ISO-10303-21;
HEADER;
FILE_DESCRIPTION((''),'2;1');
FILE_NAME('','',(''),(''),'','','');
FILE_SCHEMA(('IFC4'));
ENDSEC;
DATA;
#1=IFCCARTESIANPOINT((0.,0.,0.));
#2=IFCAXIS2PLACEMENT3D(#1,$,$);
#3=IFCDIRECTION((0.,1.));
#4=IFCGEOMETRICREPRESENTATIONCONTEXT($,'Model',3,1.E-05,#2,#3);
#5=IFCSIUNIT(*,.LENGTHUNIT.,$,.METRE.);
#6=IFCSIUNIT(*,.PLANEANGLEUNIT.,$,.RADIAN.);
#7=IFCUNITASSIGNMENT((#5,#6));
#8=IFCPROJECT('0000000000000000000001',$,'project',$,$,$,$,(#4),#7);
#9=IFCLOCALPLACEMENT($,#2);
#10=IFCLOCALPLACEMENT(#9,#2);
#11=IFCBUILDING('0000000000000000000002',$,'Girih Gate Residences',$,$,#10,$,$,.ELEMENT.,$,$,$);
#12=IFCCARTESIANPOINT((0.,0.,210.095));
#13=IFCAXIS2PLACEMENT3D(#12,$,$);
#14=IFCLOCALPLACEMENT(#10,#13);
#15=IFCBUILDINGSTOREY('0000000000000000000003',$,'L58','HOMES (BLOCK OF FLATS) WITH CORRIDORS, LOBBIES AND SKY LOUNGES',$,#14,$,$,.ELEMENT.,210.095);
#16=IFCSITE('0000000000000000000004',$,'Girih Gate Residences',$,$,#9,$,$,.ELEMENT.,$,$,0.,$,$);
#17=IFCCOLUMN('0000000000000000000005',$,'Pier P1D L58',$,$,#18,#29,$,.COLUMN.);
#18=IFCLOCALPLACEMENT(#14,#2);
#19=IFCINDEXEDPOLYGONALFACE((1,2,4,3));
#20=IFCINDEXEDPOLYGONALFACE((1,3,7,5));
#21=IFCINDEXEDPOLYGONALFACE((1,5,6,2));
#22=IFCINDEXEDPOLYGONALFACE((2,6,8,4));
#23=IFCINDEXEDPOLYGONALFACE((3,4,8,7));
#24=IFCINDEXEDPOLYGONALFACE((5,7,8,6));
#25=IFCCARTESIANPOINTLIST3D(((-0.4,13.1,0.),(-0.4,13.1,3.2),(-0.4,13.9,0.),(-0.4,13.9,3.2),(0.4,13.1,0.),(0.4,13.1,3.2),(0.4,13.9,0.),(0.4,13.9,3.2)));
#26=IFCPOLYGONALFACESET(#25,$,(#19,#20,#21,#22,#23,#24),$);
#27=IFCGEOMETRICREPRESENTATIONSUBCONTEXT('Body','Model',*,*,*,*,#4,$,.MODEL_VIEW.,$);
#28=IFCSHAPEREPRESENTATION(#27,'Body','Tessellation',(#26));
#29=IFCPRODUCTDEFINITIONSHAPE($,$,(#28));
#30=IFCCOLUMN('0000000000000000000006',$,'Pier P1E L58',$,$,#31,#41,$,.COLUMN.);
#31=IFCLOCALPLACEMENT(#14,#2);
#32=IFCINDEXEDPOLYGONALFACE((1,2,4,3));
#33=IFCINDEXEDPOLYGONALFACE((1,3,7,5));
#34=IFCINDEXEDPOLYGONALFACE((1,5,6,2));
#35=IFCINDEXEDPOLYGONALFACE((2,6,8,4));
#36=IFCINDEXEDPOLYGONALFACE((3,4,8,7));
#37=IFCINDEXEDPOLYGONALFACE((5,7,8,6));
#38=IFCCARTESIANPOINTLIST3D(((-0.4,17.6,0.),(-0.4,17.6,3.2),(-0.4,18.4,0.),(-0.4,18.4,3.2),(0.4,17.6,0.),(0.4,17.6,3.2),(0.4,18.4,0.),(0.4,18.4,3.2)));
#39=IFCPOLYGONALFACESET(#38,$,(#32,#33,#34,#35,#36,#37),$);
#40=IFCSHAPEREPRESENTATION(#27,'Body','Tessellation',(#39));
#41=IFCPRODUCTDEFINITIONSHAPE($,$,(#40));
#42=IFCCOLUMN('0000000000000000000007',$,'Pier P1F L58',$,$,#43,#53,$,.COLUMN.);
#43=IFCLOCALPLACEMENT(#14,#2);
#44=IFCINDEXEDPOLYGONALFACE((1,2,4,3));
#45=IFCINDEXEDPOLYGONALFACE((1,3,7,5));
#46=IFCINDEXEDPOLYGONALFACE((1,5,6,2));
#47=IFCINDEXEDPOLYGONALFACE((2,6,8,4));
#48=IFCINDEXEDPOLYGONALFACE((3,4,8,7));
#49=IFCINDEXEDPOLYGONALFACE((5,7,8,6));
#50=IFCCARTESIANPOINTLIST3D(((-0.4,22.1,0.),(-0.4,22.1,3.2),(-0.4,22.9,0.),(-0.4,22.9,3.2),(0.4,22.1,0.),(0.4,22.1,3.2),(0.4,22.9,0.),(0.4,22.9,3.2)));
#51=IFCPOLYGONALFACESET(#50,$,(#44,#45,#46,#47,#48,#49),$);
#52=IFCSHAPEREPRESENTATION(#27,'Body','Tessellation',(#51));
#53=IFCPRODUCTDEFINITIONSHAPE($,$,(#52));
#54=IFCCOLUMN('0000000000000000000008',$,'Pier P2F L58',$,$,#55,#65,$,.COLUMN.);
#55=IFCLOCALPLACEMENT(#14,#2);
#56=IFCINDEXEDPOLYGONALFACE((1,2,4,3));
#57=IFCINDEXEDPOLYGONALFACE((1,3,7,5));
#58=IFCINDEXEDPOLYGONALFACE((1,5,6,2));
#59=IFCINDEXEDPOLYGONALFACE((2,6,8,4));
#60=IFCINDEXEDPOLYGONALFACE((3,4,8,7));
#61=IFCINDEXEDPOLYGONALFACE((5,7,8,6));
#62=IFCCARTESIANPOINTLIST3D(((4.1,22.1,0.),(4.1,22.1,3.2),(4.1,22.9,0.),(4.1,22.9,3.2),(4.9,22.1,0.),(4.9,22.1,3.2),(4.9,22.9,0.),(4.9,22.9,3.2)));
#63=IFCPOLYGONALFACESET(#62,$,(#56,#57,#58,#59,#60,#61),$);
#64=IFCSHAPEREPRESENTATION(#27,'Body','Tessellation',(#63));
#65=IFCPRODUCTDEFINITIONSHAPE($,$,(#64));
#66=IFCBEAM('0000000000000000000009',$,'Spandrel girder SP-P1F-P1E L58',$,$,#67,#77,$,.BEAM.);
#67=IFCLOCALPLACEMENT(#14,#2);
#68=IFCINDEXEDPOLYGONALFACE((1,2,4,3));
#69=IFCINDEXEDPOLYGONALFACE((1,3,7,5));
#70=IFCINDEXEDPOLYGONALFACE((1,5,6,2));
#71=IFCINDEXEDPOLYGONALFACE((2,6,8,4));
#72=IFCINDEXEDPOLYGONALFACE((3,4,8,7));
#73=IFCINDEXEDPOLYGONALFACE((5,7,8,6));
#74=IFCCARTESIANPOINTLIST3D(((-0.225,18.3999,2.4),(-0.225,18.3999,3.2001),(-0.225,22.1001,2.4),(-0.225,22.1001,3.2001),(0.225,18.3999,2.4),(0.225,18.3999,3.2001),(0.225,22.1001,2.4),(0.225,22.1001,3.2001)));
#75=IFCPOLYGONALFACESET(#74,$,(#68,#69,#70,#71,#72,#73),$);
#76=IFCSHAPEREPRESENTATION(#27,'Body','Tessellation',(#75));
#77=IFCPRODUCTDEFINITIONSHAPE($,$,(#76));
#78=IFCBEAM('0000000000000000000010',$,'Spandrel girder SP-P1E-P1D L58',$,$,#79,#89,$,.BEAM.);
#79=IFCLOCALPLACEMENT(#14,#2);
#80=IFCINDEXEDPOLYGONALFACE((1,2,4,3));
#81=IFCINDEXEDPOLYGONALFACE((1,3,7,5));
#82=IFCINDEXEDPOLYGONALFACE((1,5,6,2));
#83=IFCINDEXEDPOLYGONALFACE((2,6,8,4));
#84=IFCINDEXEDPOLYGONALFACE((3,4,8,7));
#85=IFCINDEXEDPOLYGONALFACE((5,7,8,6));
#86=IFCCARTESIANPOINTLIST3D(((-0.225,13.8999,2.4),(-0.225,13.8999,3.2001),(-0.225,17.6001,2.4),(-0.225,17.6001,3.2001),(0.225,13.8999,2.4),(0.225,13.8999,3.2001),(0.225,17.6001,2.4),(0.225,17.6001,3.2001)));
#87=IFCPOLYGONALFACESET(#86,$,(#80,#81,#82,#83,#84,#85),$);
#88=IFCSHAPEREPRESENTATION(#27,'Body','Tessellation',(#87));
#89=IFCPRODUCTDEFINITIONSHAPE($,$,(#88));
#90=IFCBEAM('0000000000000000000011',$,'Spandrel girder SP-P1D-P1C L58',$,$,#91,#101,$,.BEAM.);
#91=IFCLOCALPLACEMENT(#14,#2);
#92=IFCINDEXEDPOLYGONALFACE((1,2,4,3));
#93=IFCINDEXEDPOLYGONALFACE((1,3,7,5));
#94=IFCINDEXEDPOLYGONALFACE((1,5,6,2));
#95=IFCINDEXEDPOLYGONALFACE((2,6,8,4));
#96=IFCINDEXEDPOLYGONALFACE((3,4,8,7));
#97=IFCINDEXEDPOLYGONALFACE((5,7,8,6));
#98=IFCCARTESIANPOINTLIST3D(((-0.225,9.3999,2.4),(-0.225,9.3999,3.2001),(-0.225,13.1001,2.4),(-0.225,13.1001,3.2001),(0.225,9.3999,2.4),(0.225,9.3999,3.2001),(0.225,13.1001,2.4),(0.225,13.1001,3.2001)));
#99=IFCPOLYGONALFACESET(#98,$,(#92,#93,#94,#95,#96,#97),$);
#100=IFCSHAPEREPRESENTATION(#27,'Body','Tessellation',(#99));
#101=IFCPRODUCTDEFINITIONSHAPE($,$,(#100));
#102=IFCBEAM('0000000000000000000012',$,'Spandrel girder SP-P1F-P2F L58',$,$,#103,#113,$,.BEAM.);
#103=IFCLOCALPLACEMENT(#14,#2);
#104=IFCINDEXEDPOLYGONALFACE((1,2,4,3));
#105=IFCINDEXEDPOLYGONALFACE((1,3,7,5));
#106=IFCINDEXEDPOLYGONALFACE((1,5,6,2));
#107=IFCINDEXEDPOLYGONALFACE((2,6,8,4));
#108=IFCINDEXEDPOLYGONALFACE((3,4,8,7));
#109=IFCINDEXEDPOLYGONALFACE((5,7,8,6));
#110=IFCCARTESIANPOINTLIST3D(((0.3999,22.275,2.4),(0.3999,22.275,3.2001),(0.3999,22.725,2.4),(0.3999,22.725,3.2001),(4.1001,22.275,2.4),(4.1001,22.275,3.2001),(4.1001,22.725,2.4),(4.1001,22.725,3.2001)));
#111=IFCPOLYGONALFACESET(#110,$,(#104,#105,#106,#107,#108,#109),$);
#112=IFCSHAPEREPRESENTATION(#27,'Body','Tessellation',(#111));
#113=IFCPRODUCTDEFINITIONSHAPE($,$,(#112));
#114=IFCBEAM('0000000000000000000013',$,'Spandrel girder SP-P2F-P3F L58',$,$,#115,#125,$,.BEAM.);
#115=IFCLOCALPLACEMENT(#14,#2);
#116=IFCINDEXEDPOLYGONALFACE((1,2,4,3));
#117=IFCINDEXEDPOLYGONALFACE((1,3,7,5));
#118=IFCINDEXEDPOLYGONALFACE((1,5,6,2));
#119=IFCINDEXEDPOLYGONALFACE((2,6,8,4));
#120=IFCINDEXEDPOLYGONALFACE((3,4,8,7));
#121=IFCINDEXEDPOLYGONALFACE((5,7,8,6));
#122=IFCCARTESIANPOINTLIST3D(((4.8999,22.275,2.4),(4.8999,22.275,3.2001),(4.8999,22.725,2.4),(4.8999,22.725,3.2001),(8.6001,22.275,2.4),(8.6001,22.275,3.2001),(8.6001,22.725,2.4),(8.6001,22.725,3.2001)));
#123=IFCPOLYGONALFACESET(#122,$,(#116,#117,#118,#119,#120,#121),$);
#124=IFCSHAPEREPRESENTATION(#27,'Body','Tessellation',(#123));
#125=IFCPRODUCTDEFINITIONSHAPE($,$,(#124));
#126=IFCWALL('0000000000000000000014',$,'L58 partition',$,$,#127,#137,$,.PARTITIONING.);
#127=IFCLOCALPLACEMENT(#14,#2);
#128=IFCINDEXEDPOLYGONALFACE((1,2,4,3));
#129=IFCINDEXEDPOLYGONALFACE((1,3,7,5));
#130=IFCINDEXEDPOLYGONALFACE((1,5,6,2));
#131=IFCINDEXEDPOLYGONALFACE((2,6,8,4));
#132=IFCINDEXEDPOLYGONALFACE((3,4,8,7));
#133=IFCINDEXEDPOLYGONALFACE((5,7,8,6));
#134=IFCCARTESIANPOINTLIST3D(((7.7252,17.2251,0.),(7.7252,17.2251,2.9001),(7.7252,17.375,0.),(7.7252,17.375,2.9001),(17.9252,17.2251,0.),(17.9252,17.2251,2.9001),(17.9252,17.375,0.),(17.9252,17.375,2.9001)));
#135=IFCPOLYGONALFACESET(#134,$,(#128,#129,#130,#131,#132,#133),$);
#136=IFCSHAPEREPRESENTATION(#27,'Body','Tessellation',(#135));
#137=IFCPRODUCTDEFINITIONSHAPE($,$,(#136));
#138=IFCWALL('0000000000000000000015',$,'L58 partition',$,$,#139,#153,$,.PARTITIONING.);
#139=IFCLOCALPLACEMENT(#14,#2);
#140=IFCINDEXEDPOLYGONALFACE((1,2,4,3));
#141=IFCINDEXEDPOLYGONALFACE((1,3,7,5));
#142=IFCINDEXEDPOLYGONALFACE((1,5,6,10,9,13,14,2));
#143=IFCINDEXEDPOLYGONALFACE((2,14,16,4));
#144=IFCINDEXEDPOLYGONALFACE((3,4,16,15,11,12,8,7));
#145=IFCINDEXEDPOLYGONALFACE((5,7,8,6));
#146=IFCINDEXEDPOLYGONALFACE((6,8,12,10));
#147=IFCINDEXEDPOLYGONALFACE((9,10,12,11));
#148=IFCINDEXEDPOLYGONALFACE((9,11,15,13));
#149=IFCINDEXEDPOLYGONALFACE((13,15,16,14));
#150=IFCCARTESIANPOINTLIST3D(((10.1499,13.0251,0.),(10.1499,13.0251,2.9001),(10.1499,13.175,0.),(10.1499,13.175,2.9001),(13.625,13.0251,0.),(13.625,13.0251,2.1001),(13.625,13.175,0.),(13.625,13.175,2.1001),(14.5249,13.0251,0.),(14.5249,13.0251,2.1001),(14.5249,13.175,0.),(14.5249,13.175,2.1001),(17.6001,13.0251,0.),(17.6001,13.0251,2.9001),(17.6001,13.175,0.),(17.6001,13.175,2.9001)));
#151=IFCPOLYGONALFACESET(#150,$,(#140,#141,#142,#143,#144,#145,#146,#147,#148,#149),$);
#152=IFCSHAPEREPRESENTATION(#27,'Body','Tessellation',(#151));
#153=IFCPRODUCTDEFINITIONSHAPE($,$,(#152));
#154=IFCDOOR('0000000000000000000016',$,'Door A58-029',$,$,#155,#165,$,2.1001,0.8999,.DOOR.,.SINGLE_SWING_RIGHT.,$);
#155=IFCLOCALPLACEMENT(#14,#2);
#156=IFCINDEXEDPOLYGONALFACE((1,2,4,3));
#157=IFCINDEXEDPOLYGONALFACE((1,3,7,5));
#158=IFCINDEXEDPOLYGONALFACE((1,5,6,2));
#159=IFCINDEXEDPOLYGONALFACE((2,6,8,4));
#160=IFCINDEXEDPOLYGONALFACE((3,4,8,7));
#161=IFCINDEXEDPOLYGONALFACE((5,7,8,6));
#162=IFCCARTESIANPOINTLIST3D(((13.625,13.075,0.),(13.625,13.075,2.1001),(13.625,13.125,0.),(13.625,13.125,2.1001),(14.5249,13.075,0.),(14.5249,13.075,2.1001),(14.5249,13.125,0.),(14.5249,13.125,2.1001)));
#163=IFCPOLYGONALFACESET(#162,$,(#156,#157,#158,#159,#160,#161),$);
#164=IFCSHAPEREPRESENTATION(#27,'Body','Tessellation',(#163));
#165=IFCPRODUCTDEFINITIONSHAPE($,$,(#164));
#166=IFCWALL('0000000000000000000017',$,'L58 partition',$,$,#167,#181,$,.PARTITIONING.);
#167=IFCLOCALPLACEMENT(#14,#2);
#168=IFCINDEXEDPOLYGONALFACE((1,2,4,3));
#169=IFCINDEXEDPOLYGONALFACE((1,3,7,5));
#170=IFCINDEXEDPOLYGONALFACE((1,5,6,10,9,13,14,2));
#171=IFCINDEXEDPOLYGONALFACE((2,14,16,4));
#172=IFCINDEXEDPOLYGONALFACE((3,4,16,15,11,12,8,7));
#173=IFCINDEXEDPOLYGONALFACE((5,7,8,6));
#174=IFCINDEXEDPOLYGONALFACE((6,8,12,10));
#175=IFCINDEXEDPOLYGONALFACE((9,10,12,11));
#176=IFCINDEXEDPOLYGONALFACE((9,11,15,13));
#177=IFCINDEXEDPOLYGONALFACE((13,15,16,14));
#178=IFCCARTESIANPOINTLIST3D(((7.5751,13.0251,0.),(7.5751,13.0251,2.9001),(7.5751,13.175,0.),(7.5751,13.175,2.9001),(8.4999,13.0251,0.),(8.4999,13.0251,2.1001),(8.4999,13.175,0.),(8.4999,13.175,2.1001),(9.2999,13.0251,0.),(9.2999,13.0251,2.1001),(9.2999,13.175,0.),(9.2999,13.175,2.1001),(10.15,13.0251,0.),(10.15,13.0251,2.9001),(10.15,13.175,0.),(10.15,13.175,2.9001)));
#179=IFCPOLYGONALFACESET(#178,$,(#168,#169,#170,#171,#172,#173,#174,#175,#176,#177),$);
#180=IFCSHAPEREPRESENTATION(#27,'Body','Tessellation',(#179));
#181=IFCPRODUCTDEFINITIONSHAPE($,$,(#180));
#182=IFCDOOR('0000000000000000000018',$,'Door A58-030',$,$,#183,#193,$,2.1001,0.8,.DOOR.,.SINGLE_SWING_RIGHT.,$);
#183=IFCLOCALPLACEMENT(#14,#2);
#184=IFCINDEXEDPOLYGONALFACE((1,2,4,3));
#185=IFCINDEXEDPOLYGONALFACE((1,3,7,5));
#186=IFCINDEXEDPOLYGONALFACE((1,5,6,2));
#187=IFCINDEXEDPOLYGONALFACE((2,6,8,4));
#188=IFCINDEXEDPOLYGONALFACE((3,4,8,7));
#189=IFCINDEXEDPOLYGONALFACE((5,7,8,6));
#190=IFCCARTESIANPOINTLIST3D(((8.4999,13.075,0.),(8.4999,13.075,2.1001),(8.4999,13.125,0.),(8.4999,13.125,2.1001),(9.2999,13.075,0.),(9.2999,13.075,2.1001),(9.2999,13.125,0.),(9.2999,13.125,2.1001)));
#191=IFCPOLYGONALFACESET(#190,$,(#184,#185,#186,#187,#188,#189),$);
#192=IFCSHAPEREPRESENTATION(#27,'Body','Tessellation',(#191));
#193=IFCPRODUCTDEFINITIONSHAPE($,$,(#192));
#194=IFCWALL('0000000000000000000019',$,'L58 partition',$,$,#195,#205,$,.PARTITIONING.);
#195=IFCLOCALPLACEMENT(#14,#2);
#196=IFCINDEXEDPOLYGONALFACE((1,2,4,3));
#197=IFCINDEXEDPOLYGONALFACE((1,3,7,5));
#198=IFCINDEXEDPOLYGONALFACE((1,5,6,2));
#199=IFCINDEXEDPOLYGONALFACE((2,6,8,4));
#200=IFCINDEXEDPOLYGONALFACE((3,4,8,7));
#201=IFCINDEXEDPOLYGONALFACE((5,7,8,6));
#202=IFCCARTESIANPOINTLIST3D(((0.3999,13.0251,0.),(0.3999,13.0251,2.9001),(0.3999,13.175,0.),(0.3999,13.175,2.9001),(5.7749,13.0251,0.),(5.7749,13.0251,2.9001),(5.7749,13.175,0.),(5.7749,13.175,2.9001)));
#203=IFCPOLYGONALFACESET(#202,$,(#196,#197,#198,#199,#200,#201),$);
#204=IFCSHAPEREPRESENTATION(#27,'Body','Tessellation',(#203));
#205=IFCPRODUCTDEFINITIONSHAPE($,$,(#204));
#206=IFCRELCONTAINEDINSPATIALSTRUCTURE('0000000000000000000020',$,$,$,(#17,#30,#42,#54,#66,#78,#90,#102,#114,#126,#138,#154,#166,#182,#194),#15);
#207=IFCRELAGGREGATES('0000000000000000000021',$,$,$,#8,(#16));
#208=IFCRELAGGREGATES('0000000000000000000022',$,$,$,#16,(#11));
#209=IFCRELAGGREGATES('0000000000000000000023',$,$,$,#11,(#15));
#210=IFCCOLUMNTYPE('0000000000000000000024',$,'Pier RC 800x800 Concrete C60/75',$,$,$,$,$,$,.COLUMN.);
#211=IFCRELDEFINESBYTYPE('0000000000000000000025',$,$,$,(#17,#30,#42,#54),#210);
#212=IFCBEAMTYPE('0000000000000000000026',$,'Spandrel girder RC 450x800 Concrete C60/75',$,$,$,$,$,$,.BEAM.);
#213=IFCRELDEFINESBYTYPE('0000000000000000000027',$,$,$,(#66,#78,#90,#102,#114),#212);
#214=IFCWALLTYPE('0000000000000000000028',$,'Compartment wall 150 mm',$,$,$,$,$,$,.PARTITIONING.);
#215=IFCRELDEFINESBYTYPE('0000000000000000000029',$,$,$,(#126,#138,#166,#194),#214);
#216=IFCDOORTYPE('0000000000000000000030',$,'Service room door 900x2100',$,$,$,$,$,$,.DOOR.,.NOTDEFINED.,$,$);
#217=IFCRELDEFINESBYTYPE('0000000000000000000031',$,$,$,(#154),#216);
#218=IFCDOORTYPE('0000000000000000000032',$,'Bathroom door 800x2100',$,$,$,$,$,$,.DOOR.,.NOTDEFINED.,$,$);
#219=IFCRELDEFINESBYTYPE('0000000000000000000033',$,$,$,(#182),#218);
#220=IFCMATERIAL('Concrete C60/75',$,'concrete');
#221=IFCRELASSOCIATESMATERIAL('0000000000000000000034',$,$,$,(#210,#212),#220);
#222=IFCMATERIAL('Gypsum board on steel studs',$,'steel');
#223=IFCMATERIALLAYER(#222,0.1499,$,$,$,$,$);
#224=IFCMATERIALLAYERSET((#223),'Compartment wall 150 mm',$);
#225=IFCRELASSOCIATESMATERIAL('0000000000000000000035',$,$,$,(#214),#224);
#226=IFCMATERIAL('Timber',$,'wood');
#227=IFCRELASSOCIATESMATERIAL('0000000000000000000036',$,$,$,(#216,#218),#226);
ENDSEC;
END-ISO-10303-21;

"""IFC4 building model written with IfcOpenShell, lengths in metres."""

from ifc_helpers import new_model, si_unit, direction, frame, frame_2d, origin, origin_2d, place, context, subcontext, project, spatial, rectangle, extrude, material, layer, layer_set, material_profile, profile_set, type_object, element, fill, save


model = new_model("IFC4")

# Units and contexts
model_context = context("Model", 3, precision=1e-05, world=origin(), true_north=direction((0.0, 1.0)))
body_context = subcontext(model_context, "Body", "Model", "MODEL_VIEW")
ifc_project = project(units=[si_unit("LENGTHUNIT", "METRE"), si_unit("PLANEANGLEUNIT", "RADIAN")], contexts=[model_context])

# Site, building, storey
site_placement = place(None, origin())
site = spatial("IfcSite", under=ifc_project, at=site_placement, Name="Girih Gate Residences", CompositionType="ELEMENT", RefElevation=0.0)
building_placement = place(site_placement, origin())
building = spatial("IfcBuilding", under=site, at=building_placement, Name="Girih Gate Residences", CompositionType="ELEMENT")
storey_placement = place(building_placement, frame((0.0, 0.0, 210.095)))
storey = spatial("IfcBuildingStorey", under=building, at=storey_placement, Name="L58", Description="HOMES (BLOCK OF FLATS) WITH CORRIDORS, LOBBIES AND SKY LOUNGES", CompositionType="ELEMENT", Elevation=210.095)

# Columns
ifc_material_1 = material(Name="Concrete C60/75", Category="concrete")
ifc_material_profile_1 = material_profile(ifc_material_1, rectangle(XDim=0.8, YDim=0.8, at=origin_2d()))
ifc_profile_set_1 = profile_set([ifc_material_profile_1], Name="Concrete C60/75")
column_type = type_object("IfcColumnType", Name="Pier RC 800x800 Concrete C60/75", PredefinedType="COLUMN", material=ifc_profile_set_1)
for number, where, z_axis, x_axis, name in (
    (1, (0.0, 13.5, 0.0), (0.0, 0.0, 1.0), (1.0, 0.0, 0.0), "Pier P1D L58"),
    (2, (0.0, 18.0, 0.0), (0.0, 0.0, 1.0), (1.0, 0.0, 0.0), "Pier P1E L58"),
    (3, (0.0, 22.5, 0.0), (0.0, 0.0, 1.0), (1.0, 0.0, 0.0), "Pier P1F L58"),
    (4, (4.5, 22.5, 0.0), (0.0, 0.0, 1.0), (1.0, 0.0, 0.0), "Pier P2F L58"),
):
    element("IfcColumn", number, at=place(storey_placement, frame(where, z_axis=z_axis, x_axis=x_axis)), inside=storey, type_object=column_type, Name=name, PredefinedType="COLUMN", context=body_context, shape_type="SweptSolid", body=[
        extrude(rectangle(XDim=0.8, YDim=0.8, at=origin_2d()), origin(), (0.0, 0.0, 1.0), 3.2),
    ])

# Beams
ifc_material_profile_2 = material_profile(ifc_material_1, rectangle(XDim=0.45, YDim=0.8, at=origin_2d()))
ifc_profile_set_2 = profile_set([ifc_material_profile_2], Name="Concrete C60/75")
beam_type = type_object("IfcBeamType", Name="Spandrel girder RC 450x800 Concrete C60/75", PredefinedType="BEAM", material=ifc_profile_set_2)
for number, where, z_axis, x_axis, name in (
    (5, (0.0, 22.1001, 2.8), (0.0, -1.0, 0.0), (1.0, 0.0, 0.0), "Spandrel girder SP-P1F-P1E L58"),
    (6, (0.0, 17.6001, 2.8), (0.0, -1.0, 0.0), (1.0, 0.0, 0.0), "Spandrel girder SP-P1E-P1D L58"),
    (7, (0.0, 13.1001, 2.8), (0.0, -1.0, 0.0), (1.0, 0.0, 0.0), "Spandrel girder SP-P1D-P1C L58"),
    (8, (0.3999, 22.5, 2.8), (1.0, 0.0, 0.0), (0.0, 1.0, 0.0), "Spandrel girder SP-P1F-P2F L58"),
    (9, (4.8999, 22.5, 2.8), (1.0, 0.0, 0.0), (0.0, 1.0, 0.0), "Spandrel girder SP-P2F-P3F L58"),
):
    element("IfcBeam", number, at=place(storey_placement, frame(where, z_axis=z_axis, x_axis=x_axis)), inside=storey, type_object=beam_type, Name=name, PredefinedType="BEAM", context=body_context, shape_type="SweptSolid", body=[
        extrude(rectangle(XDim=0.45, YDim=0.8, at=origin_2d()), origin(), (0.0, 0.0, 1.0), 3.7002),
    ])

# Wall
ifc_material_2 = material(Name="Gypsum board on steel studs", Category="steel")
ifc_layer_1 = layer(ifc_material_2, 0.1499)
ifc_layer_set_1 = layer_set([ifc_layer_1], Name="Compartment wall 150 mm")
wall_type_1 = type_object("IfcWallType", Name="Compartment wall 150 mm", PredefinedType="PARTITIONING", material=ifc_layer_set_1)
wall_1_placement = place(storey_placement, frame((7.7251, 17.3, 0.0), z_axis=(0.0, 0.0, 1.0), x_axis=(1.0, 0.0, 0.0)))
element("IfcWall", 10, at=wall_1_placement, inside=storey, type_object=wall_type_1, Name="L58 partition", PredefinedType="PARTITIONING", context=body_context, shape_type="SweptSolid", body=[
    extrude(rectangle(XDim=10.2, YDim=0.1499, at=frame_2d((5.1001, 0.0))), origin(), (0.0, 0.0, 1.0), 2.9001),
])

# Walls, openings, doors
wall_2_placement = place(storey_placement, frame((10.1499, 13.1001, 0.0), z_axis=(0.0, 0.0, 1.0), x_axis=(1.0, 0.0, 0.0)))
wall_2 = element("IfcWall", 11, at=wall_2_placement, inside=storey, type_object=wall_type_1, Name="L58 partition", PredefinedType="PARTITIONING", context=body_context, shape_type="SweptSolid", body=[
    extrude(rectangle(XDim=7.4502, YDim=0.1499, at=frame_2d((3.7251, 0.0))), origin(), (0.0, 0.0, 1.0), 2.9001),
])
opening_1_placement = place(wall_2_placement, frame((3.4751, 0.0, 0.0)))
opening_1 = element("IfcOpeningElement", 12, at=opening_1_placement, cuts=wall_2, PredefinedType="OPENING", context=body_context, shape_type="SweptSolid", body=[
    extrude(rectangle(XDim=0.8999, YDim=2.1001, at=frame_2d((0.45, 1.05))), frame((0.0, 0.085, 0.0), z_axis=(0.0, -1.0, 0.0), x_axis=(1.0, 0.0, 0.0)), (0.0, 0.0, 1.0), 0.1699),
])
ifc_material_3 = material(Name="Timber", Category="wood")
door_type_1 = type_object("IfcDoorType", Name="Service room door 900x2100", OperationType="NOTDEFINED", PredefinedType="DOOR", material=ifc_material_3)
door_1_placement = place(opening_1_placement, origin())
door_1 = element("IfcDoor", 13, at=door_1_placement, inside=storey, type_object=door_type_1, Name="Door A58-029", OperationType="SINGLE_SWING_RIGHT", OverallHeight=2.1001, OverallWidth=0.8999, PredefinedType="DOOR", context=body_context, shape_type="SweptSolid", body=[
    extrude(rectangle(XDim=0.8999, YDim=2.1001, at=frame_2d((0.45, 1.05))), frame((0.0, 0.0249, 0.0), z_axis=(0.0, -1.0, 0.0), x_axis=(1.0, 0.0, 0.0)), (0.0, 0.0, 1.0), 0.05),
])
fill(opening_1, door_1)
wall_3_placement = place(storey_placement, frame((7.575, 13.1001, 0.0), z_axis=(0.0, 0.0, 1.0), x_axis=(1.0, 0.0, 0.0)))
wall_3 = element("IfcWall", 14, at=wall_3_placement, inside=storey, type_object=wall_type_1, Name="L58 partition", PredefinedType="PARTITIONING", context=body_context, shape_type="SweptSolid", body=[
    extrude(rectangle(XDim=2.575, YDim=0.1499, at=frame_2d((1.2876, 0.0))), origin(), (0.0, 0.0, 1.0), 2.9001),
])
opening_2_placement = place(wall_3_placement, frame((0.925, 0.0, 0.0)))
opening_2 = element("IfcOpeningElement", 15, at=opening_2_placement, cuts=wall_3, PredefinedType="OPENING", context=body_context, shape_type="SweptSolid", body=[
    extrude(rectangle(XDim=0.8, YDim=2.1001, at=frame_2d((0.3999, 1.05))), frame((0.0, 0.085, 0.0), z_axis=(0.0, -1.0, 0.0), x_axis=(1.0, 0.0, 0.0)), (0.0, 0.0, 1.0), 0.1699),
])
door_type_2 = type_object("IfcDoorType", Name="Bathroom door 800x2100", OperationType="NOTDEFINED", PredefinedType="DOOR", material=ifc_material_3)
door_2_placement = place(opening_2_placement, origin())
door_2 = element("IfcDoor", 16, at=door_2_placement, inside=storey, type_object=door_type_2, Name="Door A58-030", OperationType="SINGLE_SWING_RIGHT", OverallHeight=2.1001, OverallWidth=0.8, PredefinedType="DOOR", context=body_context, shape_type="SweptSolid", body=[
    extrude(rectangle(XDim=0.8, YDim=2.1001, at=frame_2d((0.3999, 1.05))), frame((0.0, 0.0249, 0.0), z_axis=(0.0, -1.0, 0.0), x_axis=(1.0, 0.0, 0.0)), (0.0, 0.0, 1.0), 0.05),
])
fill(opening_2, door_2)

# Wall
wall_4_placement = place(storey_placement, frame((0.3999, 13.1001, 0.0), z_axis=(0.0, 0.0, 1.0), x_axis=(1.0, 0.0, 0.0)))
element("IfcWall", 17, at=wall_4_placement, inside=storey, type_object=wall_type_1, Name="L58 partition", PredefinedType="PARTITIONING", context=body_context, shape_type="SweptSolid", body=[
    extrude(rectangle(XDim=5.375, YDim=0.1499, at=frame_2d((2.6875, 0.0))), origin(), (0.0, 0.0, 1.0), 2.9001),
])

save(model, "model.ifc")
